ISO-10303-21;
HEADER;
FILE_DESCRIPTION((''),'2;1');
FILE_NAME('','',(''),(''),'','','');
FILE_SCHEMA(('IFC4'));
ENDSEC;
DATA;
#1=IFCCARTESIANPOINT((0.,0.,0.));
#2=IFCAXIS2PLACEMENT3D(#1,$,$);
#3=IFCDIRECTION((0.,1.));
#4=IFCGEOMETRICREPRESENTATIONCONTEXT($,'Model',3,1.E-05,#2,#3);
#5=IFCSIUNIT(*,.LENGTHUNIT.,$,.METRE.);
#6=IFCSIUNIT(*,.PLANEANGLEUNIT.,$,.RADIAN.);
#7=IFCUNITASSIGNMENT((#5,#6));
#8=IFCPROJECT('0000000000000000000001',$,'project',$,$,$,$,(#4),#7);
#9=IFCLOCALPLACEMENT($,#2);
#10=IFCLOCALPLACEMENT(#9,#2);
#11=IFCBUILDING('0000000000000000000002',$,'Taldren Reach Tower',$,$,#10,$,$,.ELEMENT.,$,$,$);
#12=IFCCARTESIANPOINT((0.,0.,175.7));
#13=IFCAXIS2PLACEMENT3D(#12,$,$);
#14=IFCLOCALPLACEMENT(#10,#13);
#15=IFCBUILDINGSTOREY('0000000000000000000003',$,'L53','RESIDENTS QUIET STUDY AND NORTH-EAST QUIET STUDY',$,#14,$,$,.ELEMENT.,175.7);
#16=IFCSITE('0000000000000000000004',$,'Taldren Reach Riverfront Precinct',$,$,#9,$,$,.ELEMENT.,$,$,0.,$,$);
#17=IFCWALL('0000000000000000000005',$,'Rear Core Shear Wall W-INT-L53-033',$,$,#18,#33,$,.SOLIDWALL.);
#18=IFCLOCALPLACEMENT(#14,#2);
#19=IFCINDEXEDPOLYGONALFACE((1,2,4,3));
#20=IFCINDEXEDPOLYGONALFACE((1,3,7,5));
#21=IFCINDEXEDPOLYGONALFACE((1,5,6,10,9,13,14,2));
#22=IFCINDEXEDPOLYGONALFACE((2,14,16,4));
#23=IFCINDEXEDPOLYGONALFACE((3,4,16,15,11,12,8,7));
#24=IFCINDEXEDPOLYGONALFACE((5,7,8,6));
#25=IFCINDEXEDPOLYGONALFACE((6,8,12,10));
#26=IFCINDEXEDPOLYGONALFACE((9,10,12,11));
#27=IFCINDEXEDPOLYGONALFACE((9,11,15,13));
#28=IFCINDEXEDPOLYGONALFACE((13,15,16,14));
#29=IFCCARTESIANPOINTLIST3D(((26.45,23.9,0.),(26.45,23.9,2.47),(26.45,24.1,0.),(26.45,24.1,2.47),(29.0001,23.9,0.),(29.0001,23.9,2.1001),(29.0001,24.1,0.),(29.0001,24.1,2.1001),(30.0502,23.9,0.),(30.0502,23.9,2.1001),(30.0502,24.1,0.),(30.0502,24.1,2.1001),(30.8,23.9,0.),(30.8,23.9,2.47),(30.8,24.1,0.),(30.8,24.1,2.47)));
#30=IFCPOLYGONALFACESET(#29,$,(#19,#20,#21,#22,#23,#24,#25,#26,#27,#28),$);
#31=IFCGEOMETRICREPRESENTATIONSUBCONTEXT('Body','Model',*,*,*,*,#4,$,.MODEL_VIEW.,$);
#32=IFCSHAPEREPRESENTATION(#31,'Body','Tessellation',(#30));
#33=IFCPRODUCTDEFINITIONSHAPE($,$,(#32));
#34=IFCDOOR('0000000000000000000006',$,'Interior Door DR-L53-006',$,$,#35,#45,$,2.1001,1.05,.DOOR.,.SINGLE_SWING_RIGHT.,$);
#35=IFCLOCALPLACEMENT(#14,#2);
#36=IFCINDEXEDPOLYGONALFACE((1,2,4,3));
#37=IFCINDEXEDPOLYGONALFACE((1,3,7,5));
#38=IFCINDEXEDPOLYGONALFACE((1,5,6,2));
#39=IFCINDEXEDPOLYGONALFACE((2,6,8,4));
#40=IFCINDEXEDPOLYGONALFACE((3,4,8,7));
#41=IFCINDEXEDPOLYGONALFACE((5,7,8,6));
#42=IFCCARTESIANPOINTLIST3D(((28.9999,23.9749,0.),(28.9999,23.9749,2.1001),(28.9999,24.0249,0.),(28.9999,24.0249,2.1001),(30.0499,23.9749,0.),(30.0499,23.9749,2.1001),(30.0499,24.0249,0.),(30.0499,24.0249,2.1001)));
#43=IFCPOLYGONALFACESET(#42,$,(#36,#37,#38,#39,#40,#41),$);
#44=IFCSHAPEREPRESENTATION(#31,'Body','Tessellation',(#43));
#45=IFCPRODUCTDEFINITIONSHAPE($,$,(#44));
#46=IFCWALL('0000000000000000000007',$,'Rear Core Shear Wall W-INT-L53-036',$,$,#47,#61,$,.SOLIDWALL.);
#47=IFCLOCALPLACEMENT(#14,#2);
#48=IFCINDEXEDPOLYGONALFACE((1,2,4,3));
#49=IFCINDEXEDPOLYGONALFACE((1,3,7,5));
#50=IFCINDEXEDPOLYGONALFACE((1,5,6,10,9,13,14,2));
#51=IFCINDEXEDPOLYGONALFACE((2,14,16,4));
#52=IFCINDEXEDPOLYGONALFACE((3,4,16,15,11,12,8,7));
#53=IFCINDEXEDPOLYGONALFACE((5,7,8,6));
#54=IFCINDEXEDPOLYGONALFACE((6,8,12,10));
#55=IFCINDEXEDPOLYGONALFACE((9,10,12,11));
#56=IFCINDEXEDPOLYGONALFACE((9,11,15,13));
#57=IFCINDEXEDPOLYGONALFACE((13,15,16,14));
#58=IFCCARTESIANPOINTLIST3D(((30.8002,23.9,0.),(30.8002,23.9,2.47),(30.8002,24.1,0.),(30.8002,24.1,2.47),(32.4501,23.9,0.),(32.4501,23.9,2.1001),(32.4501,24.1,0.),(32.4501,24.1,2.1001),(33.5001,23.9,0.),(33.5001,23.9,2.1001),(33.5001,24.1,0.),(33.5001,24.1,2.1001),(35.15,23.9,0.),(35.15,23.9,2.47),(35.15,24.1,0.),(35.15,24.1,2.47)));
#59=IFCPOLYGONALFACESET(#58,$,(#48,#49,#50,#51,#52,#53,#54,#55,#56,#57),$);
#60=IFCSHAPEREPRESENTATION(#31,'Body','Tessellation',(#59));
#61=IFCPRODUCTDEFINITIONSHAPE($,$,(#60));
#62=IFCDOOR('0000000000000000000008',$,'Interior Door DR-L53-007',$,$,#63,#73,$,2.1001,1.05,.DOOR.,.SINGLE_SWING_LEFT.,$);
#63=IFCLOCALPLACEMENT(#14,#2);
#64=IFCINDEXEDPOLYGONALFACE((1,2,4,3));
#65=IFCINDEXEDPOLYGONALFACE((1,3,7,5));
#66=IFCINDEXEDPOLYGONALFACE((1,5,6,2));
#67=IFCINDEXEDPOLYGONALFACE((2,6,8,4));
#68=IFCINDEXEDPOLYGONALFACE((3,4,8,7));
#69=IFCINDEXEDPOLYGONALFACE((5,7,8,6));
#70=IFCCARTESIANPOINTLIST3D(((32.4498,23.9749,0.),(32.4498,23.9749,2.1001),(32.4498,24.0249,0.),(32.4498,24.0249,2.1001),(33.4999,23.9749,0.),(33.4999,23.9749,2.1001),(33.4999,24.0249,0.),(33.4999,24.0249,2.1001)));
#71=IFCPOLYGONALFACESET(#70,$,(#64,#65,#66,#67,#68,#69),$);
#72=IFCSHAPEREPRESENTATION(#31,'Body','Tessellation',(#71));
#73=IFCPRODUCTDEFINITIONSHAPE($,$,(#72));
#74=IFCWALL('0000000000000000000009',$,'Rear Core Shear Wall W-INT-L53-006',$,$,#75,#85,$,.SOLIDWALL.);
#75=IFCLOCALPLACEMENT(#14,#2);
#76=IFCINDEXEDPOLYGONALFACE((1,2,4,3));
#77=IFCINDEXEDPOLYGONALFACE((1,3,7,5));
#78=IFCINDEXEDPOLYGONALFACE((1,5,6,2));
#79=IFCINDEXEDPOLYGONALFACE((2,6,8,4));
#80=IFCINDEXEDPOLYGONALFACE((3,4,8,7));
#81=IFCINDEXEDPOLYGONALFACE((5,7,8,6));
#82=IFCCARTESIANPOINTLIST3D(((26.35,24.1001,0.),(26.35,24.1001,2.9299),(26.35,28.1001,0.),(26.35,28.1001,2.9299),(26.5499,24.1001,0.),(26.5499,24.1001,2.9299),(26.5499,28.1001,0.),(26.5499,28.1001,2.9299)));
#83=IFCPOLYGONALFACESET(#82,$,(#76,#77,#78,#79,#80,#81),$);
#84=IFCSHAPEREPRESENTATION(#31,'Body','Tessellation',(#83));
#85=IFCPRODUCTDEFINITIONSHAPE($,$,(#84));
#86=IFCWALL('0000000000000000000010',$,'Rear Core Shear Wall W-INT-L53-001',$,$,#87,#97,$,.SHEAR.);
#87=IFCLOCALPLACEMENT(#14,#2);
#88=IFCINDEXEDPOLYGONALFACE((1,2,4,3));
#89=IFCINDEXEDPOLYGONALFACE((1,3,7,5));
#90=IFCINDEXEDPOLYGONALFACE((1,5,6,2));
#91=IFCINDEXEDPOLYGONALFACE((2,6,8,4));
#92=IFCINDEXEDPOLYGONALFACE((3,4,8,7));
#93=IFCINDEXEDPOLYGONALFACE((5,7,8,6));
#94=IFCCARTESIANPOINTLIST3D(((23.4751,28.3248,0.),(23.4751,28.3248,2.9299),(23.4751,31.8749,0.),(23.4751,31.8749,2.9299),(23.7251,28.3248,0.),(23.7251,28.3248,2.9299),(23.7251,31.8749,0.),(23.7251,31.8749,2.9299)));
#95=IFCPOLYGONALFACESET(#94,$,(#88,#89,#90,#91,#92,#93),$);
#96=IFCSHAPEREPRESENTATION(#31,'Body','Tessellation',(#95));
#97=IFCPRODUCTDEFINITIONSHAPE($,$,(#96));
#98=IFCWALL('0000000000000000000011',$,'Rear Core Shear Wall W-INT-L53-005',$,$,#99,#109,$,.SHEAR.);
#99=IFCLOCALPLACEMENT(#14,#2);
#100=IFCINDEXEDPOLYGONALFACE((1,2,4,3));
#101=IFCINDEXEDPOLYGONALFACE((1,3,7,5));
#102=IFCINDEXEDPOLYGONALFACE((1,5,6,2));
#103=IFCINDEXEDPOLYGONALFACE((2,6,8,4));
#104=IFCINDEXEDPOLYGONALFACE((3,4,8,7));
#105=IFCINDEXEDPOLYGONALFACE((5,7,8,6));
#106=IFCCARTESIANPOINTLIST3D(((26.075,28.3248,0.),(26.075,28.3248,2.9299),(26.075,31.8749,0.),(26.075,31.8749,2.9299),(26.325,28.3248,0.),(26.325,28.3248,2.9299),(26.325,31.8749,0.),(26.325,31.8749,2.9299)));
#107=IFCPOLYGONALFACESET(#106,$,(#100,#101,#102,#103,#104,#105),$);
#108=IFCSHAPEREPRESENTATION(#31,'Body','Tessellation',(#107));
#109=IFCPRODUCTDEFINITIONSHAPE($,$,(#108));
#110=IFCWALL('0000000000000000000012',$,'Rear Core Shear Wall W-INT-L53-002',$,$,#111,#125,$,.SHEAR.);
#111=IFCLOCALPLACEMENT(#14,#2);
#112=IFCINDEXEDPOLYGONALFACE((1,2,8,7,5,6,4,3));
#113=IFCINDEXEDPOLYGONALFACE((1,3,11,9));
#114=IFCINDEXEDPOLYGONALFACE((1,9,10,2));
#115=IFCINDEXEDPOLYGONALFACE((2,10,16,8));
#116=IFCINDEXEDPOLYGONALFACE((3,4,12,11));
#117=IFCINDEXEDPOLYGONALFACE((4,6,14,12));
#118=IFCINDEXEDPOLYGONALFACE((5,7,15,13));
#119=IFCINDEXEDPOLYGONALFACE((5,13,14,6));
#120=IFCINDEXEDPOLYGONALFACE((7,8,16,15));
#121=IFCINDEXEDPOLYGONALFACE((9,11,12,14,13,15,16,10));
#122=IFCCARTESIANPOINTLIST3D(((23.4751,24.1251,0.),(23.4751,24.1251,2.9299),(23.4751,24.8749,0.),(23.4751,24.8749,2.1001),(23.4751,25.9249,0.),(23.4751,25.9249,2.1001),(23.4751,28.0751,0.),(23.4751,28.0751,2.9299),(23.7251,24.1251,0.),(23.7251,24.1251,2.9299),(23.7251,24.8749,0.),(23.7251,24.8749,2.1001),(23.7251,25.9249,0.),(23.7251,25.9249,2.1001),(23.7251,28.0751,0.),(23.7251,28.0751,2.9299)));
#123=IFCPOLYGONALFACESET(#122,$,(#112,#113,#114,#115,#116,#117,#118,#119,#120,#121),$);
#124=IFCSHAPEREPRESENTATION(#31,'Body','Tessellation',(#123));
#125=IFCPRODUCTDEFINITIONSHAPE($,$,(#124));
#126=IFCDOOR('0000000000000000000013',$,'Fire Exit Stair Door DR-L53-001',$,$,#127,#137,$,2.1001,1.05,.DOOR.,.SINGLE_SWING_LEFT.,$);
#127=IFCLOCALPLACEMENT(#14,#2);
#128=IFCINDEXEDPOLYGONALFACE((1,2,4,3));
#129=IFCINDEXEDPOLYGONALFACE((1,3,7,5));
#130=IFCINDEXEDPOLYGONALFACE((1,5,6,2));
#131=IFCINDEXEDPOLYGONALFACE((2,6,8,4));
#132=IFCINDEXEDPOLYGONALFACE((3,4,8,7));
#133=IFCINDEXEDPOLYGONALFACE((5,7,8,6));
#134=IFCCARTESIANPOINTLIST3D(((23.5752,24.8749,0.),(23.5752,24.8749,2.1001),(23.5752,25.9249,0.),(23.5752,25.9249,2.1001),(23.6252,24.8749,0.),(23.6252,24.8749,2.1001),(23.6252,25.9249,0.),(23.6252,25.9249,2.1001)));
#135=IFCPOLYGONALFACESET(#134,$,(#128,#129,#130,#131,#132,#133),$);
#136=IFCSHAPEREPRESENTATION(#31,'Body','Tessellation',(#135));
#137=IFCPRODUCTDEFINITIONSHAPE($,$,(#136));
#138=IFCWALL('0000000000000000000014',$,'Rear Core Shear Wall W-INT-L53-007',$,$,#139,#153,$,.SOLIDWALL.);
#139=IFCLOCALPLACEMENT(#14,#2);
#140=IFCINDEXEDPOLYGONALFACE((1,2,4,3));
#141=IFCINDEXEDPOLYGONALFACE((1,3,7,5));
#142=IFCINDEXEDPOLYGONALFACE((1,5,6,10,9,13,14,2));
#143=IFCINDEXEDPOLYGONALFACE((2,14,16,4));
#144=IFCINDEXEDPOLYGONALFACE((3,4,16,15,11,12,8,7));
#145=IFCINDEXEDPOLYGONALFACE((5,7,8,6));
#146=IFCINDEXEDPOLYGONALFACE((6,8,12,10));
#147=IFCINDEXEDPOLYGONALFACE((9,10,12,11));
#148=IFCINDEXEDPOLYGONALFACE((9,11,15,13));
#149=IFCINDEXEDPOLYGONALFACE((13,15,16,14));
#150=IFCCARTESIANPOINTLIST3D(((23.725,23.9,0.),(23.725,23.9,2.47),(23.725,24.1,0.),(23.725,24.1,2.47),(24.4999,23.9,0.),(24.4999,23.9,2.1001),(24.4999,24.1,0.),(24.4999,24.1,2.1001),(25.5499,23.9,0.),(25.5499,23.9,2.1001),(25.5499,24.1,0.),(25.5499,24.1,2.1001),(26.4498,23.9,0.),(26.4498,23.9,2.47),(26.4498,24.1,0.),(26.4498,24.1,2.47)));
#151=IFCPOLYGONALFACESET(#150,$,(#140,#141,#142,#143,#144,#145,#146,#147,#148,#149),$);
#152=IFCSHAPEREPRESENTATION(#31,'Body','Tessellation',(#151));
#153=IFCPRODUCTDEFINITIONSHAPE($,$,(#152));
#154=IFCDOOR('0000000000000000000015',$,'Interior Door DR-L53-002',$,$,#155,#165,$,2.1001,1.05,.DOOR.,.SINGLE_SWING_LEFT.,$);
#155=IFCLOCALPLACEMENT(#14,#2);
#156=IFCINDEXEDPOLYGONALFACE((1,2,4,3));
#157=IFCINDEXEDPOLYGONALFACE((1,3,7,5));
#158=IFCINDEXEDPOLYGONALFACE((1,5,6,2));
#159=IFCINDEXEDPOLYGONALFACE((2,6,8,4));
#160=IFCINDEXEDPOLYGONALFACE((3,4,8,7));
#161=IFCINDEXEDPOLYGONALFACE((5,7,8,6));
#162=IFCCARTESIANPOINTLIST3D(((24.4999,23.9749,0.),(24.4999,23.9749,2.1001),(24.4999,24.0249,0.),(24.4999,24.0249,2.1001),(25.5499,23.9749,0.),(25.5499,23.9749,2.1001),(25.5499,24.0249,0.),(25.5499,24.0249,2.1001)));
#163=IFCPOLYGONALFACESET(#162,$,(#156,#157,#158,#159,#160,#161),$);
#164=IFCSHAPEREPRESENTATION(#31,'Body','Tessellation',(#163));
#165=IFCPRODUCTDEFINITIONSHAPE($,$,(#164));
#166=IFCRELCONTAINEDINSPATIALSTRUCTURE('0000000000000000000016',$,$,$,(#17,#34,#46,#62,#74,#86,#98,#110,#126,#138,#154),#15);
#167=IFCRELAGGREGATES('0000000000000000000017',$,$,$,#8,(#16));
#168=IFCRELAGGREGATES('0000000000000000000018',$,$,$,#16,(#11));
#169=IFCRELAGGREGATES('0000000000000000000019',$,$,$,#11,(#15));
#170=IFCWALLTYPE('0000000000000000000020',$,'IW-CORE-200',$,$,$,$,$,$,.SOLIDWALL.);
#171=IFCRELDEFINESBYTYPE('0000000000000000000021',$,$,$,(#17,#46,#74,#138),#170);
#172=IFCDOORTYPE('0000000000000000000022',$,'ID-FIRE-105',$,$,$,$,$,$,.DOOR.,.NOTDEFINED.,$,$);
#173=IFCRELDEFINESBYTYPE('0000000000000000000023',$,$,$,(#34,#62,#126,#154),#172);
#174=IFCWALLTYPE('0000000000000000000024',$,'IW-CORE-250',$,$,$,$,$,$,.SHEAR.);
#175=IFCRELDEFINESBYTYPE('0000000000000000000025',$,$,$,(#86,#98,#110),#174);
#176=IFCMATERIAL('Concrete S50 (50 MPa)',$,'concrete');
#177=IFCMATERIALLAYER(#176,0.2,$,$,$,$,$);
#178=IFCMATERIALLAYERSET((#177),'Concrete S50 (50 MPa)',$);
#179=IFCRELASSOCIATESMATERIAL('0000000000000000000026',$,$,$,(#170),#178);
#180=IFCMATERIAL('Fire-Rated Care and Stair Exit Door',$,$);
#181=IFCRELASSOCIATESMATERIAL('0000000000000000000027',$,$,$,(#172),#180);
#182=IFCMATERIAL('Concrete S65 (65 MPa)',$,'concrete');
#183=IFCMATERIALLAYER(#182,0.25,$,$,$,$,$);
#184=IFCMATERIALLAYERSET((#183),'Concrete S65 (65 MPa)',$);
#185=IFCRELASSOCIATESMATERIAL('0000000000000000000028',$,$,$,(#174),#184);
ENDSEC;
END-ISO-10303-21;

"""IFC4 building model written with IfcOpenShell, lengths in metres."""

from ifc_helpers import new_model, si_unit, direction, frame, frame_2d, origin, place, context, subcontext, project, spatial, rectangle, extrude, source, transform, mapped, material, layer, layer_set, type_object, element, fill, save


model = new_model("IFC4")

# Units and contexts
model_context = context("Model", 3, precision=1e-05, world=origin(), true_north=direction((0.0, 1.0)))
body_context = subcontext(model_context, "Body", "Model", "MODEL_VIEW")
ifc_project = project(units=[si_unit("LENGTHUNIT", "METRE"), si_unit("PLANEANGLEUNIT", "RADIAN")], contexts=[model_context])

# Site, building, storey
site_placement = place(None, origin())
site = spatial("IfcSite", under=ifc_project, at=site_placement, Name="Taldren Reach Riverfront Precinct", CompositionType="ELEMENT", RefElevation=0.0)
building_placement = place(site_placement, origin())
building = spatial("IfcBuilding", under=site, at=building_placement, Name="Taldren Reach Tower", CompositionType="ELEMENT")
storey_placement = place(building_placement, frame((0.0, 0.0, 175.7)))
storey = spatial("IfcBuildingStorey", under=building, at=storey_placement, Name="L53", Description="RESIDENTS QUIET STUDY AND NORTH-EAST QUIET STUDY", CompositionType="ELEMENT", Elevation=175.7)

# Walls, openings, doors
ifc_material_1 = material(Name="Concrete S50 (50 MPa)", Category="concrete")
ifc_layer_1 = layer(ifc_material_1, 0.2)
ifc_layer_set_1 = layer_set([ifc_layer_1], Name="Concrete S50 (50 MPa)")
wall_type_1 = type_object("IfcWallType", Name="IW-CORE-200", PredefinedType="SOLIDWALL", material=ifc_layer_set_1)
shared_shape_1 = source(origin(), body_context, "Body", "SweptSolid", [
    extrude(rectangle(XDim=4.3501, YDim=0.2, at=frame_2d((2.175, 0.0))), origin(), (0.0, 0.0, 1.0), 2.47),
])
wall_1_placement = place(storey_placement, frame((30.8, 24.0, 0.0), z_axis=(0.0, 0.0, 1.0), x_axis=(-1.0, 0.0, 0.0)))
wall_1 = element("IfcWall", 1, at=wall_1_placement, inside=storey, type_object=wall_type_1, Name="Rear Core Shear Wall W-INT-L53-033", PredefinedType="SOLIDWALL", context=body_context, shape_type="MappedRepresentation", body=[
    mapped(shared_shape_1, transform((0.0, 0.0, 0.0), scale=1.0)),
])
shared_shape_2 = source(origin(), body_context, "Body", "SweptSolid", [
    extrude(rectangle(XDim=1.05, YDim=2.1001, at=frame_2d((0.5249, 1.05))), frame((0.0, 0.1099, 0.0), z_axis=(0.0, -1.0, 0.0), x_axis=(1.0, 0.0, 0.0)), (0.0, 0.0, 1.0), 0.22),
])
opening_1_placement = place(wall_1_placement, frame((0.75, 0.0, 0.0)))
opening_1 = element("IfcOpeningElement", 2, at=opening_1_placement, cuts=wall_1, PredefinedType="OPENING", context=body_context, shape_type="MappedRepresentation", body=[
    mapped(shared_shape_2, transform((0.0, 0.0, 0.0), scale=1.0)),
])
ifc_material_2 = material(Name="Fire-Rated Care and Stair Exit Door")
door_type_1 = type_object("IfcDoorType", Name="ID-FIRE-105", OperationType="NOTDEFINED", PredefinedType="DOOR", material=ifc_material_2)
shared_shape_3 = source(origin(), body_context, "Body", "SweptSolid", [
    extrude(rectangle(XDim=1.05, YDim=2.1001, at=frame_2d((0.5249, 1.05))), frame((0.0, 0.0249, 0.0), z_axis=(0.0, -1.0, 0.0), x_axis=(1.0, 0.0, 0.0)), (0.0, 0.0, 1.0), 0.05),
])
door_1_placement = place(opening_1_placement, frame((1.05, 0.0, 0.0), z_axis=(0.0, 0.0, 1.0), x_axis=(-1.0, 0.0, 0.0)))
door_1 = element("IfcDoor", 3, at=door_1_placement, inside=storey, type_object=door_type_1, Name="Interior Door DR-L53-006", OperationType="SINGLE_SWING_RIGHT", OverallHeight=2.1001, OverallWidth=1.05, PredefinedType="DOOR", context=body_context, shape_type="MappedRepresentation", body=[
    mapped(shared_shape_3, transform((0.0, 0.0, 0.0), scale=1.0)),
])
fill(opening_1, door_1)
shared_shape_4 = source(origin(), body_context, "Body", "SweptSolid", [
    extrude(rectangle(XDim=4.3499, YDim=0.2, at=frame_2d((2.1748, 0.0))), origin(), (0.0, 0.0, 1.0), 2.47),
])
wall_2_placement = place(storey_placement, frame((35.1499, 24.0, 0.0), z_axis=(0.0, 0.0, 1.0), x_axis=(-1.0, 0.0, 0.0)))
wall_2 = element("IfcWall", 4, at=wall_2_placement, inside=storey, type_object=wall_type_1, Name="Rear Core Shear Wall W-INT-L53-036", PredefinedType="SOLIDWALL", context=body_context, shape_type="MappedRepresentation", body=[
    mapped(shared_shape_4, transform((0.0, 0.0, 0.0), scale=1.0)),
])
opening_2_placement = place(wall_2_placement, frame((1.6499, 0.0, 0.0)))
opening_2 = element("IfcOpeningElement", 5, at=opening_2_placement, cuts=wall_2, PredefinedType="OPENING", context=body_context, shape_type="MappedRepresentation", body=[
    mapped(shared_shape_2, transform((0.0, 0.0, 0.0), scale=1.0)),
])
door_2_placement = place(opening_2_placement, frame((1.05, 0.0, 0.0), z_axis=(0.0, 0.0, 1.0), x_axis=(-1.0, 0.0, 0.0)))
door_2 = element("IfcDoor", 6, at=door_2_placement, inside=storey, type_object=door_type_1, Name="Interior Door DR-L53-007", OperationType="SINGLE_SWING_LEFT", OverallHeight=2.1001, OverallWidth=1.05, PredefinedType="DOOR", context=body_context, shape_type="MappedRepresentation", body=[
    mapped(shared_shape_3, transform((0.0, 0.0, 0.0), scale=1.0)),
])
fill(opening_2, door_2)

# Walls
shared_shape_5 = source(origin(), body_context, "Body", "SweptSolid", [
    extrude(rectangle(XDim=4.0, YDim=0.2, at=frame_2d((2.0, 0.0))), origin(), (0.0, 0.0, 1.0), 2.9299),
])
wall_3_placement = place(storey_placement, frame((26.45, 24.1001, 0.0), z_axis=(0.0, 0.0, 1.0), x_axis=(0.0, 1.0, 0.0)))
element("IfcWall", 7, at=wall_3_placement, inside=storey, type_object=wall_type_1, Name="Rear Core Shear Wall W-INT-L53-006", PredefinedType="SOLIDWALL", context=body_context, shape_type="MappedRepresentation", body=[
    mapped(shared_shape_5, transform((0.0, 0.0, 0.0), scale=1.0)),
])
ifc_material_3 = material(Name="Concrete S65 (65 MPa)", Category="concrete")
ifc_layer_2 = layer(ifc_material_3, 0.25)
ifc_layer_set_2 = layer_set([ifc_layer_2], Name="Concrete S65 (65 MPa)")
wall_type_2 = type_object("IfcWallType", Name="IW-CORE-250", PredefinedType="SHEAR", material=ifc_layer_set_2)
shared_shape_6 = source(origin(), body_context, "Body", "SweptSolid", [
    extrude(rectangle(XDim=3.55, YDim=0.25, at=frame_2d((1.7749, 0.0))), origin(), (0.0, 0.0, 1.0), 2.9299),
])
for number, where, z_axis, x_axis, name in (
    (8, (23.6001, 28.325, 0.0), (0.0, 0.0, 1.0), (0.0, 1.0, 0.0), "Rear Core Shear Wall W-INT-L53-001"),
    (9, (26.2, 28.325, 0.0), (0.0, 0.0, 1.0), (0.0, 1.0, 0.0), "Rear Core Shear Wall W-INT-L53-005"),
):
    element("IfcWall", number, at=place(storey_placement, frame(where, z_axis=z_axis, x_axis=x_axis)), inside=storey, type_object=wall_type_2, Name=name, PredefinedType="SHEAR", context=body_context, shape_type="MappedRepresentation", body=[
        mapped(shared_shape_6, transform((0.0, 0.0, 0.0), scale=1.0)),
    ])

# Walls, openings, doors
shared_shape_7 = source(origin(), body_context, "Body", "SweptSolid", [
    extrude(rectangle(XDim=3.95, YDim=0.25, at=frame_2d((1.9751, 0.0))), origin(), (0.0, 0.0, 1.0), 2.9299),
])
wall_4_placement = place(storey_placement, frame((23.6001, 24.125, 0.0), z_axis=(0.0, 0.0, 1.0), x_axis=(0.0, 1.0, 0.0)))
wall_4 = element("IfcWall", 10, at=wall_4_placement, inside=storey, type_object=wall_type_2, Name="Rear Core Shear Wall W-INT-L53-002", PredefinedType="SHEAR", context=body_context, shape_type="MappedRepresentation", body=[
    mapped(shared_shape_7, transform((0.0, 0.0, 0.0), scale=1.0)),
])
shared_shape_8 = source(origin(), body_context, "Body", "SweptSolid", [
    extrude(rectangle(XDim=1.05, YDim=2.1001, at=frame_2d((0.5249, 1.05))), frame((0.0, 0.135, 0.0), z_axis=(0.0, -1.0, 0.0), x_axis=(1.0, 0.0, 0.0)), (0.0, 0.0, 1.0), 0.27),
])
opening_3_placement = place(wall_4_placement, frame((0.75, 0.0, 0.0)))
opening_3 = element("IfcOpeningElement", 11, at=opening_3_placement, cuts=wall_4, PredefinedType="OPENING", context=body_context, shape_type="MappedRepresentation", body=[
    mapped(shared_shape_8, transform((0.0, 0.0, 0.0), scale=1.0)),
])
door_3_placement = place(opening_3_placement, origin())
door_3 = element("IfcDoor", 12, at=door_3_placement, inside=storey, type_object=door_type_1, Name="Fire Exit Stair Door DR-L53-001", OperationType="SINGLE_SWING_LEFT", OverallHeight=2.1001, OverallWidth=1.05, PredefinedType="DOOR", context=body_context, shape_type="MappedRepresentation", body=[
    mapped(shared_shape_3, transform((0.0, 0.0, 0.0), scale=1.0)),
])
fill(opening_3, door_3)
shared_shape_9 = source(origin(), body_context, "Body", "SweptSolid", [
    extrude(rectangle(XDim=2.7249, YDim=0.2, at=frame_2d((1.3623, 0.0))), origin(), (0.0, 0.0, 1.0), 2.47),
])
wall_5_placement = place(storey_placement, frame((23.7251, 24.0, 0.0), z_axis=(0.0, 0.0, 1.0), x_axis=(1.0, 0.0, 0.0)))
wall_5 = element("IfcWall", 13, at=wall_5_placement, inside=storey, type_object=wall_type_1, Name="Rear Core Shear Wall W-INT-L53-007", PredefinedType="SOLIDWALL", context=body_context, shape_type="MappedRepresentation", body=[
    mapped(shared_shape_9, transform((0.0, 0.0, 0.0), scale=1.0)),
])
opening_4_placement = place(wall_5_placement, frame((0.7749, 0.0, 0.0)))
opening_4 = element("IfcOpeningElement", 14, at=opening_4_placement, cuts=wall_5, PredefinedType="OPENING", context=body_context, shape_type="MappedRepresentation", body=[
    mapped(shared_shape_2, transform((0.0, 0.0, 0.0), scale=1.0)),
])
door_4_placement = place(opening_4_placement, origin())
door_4 = element("IfcDoor", 15, at=door_4_placement, inside=storey, type_object=door_type_1, Name="Interior Door DR-L53-002", OperationType="SINGLE_SWING_LEFT", OverallHeight=2.1001, OverallWidth=1.05, PredefinedType="DOOR", context=body_context, shape_type="MappedRepresentation", body=[
    mapped(shared_shape_3, transform((0.0, 0.0, 0.0), scale=1.0)),
])
fill(opening_4, door_4)

save(model, "model.ifc")
